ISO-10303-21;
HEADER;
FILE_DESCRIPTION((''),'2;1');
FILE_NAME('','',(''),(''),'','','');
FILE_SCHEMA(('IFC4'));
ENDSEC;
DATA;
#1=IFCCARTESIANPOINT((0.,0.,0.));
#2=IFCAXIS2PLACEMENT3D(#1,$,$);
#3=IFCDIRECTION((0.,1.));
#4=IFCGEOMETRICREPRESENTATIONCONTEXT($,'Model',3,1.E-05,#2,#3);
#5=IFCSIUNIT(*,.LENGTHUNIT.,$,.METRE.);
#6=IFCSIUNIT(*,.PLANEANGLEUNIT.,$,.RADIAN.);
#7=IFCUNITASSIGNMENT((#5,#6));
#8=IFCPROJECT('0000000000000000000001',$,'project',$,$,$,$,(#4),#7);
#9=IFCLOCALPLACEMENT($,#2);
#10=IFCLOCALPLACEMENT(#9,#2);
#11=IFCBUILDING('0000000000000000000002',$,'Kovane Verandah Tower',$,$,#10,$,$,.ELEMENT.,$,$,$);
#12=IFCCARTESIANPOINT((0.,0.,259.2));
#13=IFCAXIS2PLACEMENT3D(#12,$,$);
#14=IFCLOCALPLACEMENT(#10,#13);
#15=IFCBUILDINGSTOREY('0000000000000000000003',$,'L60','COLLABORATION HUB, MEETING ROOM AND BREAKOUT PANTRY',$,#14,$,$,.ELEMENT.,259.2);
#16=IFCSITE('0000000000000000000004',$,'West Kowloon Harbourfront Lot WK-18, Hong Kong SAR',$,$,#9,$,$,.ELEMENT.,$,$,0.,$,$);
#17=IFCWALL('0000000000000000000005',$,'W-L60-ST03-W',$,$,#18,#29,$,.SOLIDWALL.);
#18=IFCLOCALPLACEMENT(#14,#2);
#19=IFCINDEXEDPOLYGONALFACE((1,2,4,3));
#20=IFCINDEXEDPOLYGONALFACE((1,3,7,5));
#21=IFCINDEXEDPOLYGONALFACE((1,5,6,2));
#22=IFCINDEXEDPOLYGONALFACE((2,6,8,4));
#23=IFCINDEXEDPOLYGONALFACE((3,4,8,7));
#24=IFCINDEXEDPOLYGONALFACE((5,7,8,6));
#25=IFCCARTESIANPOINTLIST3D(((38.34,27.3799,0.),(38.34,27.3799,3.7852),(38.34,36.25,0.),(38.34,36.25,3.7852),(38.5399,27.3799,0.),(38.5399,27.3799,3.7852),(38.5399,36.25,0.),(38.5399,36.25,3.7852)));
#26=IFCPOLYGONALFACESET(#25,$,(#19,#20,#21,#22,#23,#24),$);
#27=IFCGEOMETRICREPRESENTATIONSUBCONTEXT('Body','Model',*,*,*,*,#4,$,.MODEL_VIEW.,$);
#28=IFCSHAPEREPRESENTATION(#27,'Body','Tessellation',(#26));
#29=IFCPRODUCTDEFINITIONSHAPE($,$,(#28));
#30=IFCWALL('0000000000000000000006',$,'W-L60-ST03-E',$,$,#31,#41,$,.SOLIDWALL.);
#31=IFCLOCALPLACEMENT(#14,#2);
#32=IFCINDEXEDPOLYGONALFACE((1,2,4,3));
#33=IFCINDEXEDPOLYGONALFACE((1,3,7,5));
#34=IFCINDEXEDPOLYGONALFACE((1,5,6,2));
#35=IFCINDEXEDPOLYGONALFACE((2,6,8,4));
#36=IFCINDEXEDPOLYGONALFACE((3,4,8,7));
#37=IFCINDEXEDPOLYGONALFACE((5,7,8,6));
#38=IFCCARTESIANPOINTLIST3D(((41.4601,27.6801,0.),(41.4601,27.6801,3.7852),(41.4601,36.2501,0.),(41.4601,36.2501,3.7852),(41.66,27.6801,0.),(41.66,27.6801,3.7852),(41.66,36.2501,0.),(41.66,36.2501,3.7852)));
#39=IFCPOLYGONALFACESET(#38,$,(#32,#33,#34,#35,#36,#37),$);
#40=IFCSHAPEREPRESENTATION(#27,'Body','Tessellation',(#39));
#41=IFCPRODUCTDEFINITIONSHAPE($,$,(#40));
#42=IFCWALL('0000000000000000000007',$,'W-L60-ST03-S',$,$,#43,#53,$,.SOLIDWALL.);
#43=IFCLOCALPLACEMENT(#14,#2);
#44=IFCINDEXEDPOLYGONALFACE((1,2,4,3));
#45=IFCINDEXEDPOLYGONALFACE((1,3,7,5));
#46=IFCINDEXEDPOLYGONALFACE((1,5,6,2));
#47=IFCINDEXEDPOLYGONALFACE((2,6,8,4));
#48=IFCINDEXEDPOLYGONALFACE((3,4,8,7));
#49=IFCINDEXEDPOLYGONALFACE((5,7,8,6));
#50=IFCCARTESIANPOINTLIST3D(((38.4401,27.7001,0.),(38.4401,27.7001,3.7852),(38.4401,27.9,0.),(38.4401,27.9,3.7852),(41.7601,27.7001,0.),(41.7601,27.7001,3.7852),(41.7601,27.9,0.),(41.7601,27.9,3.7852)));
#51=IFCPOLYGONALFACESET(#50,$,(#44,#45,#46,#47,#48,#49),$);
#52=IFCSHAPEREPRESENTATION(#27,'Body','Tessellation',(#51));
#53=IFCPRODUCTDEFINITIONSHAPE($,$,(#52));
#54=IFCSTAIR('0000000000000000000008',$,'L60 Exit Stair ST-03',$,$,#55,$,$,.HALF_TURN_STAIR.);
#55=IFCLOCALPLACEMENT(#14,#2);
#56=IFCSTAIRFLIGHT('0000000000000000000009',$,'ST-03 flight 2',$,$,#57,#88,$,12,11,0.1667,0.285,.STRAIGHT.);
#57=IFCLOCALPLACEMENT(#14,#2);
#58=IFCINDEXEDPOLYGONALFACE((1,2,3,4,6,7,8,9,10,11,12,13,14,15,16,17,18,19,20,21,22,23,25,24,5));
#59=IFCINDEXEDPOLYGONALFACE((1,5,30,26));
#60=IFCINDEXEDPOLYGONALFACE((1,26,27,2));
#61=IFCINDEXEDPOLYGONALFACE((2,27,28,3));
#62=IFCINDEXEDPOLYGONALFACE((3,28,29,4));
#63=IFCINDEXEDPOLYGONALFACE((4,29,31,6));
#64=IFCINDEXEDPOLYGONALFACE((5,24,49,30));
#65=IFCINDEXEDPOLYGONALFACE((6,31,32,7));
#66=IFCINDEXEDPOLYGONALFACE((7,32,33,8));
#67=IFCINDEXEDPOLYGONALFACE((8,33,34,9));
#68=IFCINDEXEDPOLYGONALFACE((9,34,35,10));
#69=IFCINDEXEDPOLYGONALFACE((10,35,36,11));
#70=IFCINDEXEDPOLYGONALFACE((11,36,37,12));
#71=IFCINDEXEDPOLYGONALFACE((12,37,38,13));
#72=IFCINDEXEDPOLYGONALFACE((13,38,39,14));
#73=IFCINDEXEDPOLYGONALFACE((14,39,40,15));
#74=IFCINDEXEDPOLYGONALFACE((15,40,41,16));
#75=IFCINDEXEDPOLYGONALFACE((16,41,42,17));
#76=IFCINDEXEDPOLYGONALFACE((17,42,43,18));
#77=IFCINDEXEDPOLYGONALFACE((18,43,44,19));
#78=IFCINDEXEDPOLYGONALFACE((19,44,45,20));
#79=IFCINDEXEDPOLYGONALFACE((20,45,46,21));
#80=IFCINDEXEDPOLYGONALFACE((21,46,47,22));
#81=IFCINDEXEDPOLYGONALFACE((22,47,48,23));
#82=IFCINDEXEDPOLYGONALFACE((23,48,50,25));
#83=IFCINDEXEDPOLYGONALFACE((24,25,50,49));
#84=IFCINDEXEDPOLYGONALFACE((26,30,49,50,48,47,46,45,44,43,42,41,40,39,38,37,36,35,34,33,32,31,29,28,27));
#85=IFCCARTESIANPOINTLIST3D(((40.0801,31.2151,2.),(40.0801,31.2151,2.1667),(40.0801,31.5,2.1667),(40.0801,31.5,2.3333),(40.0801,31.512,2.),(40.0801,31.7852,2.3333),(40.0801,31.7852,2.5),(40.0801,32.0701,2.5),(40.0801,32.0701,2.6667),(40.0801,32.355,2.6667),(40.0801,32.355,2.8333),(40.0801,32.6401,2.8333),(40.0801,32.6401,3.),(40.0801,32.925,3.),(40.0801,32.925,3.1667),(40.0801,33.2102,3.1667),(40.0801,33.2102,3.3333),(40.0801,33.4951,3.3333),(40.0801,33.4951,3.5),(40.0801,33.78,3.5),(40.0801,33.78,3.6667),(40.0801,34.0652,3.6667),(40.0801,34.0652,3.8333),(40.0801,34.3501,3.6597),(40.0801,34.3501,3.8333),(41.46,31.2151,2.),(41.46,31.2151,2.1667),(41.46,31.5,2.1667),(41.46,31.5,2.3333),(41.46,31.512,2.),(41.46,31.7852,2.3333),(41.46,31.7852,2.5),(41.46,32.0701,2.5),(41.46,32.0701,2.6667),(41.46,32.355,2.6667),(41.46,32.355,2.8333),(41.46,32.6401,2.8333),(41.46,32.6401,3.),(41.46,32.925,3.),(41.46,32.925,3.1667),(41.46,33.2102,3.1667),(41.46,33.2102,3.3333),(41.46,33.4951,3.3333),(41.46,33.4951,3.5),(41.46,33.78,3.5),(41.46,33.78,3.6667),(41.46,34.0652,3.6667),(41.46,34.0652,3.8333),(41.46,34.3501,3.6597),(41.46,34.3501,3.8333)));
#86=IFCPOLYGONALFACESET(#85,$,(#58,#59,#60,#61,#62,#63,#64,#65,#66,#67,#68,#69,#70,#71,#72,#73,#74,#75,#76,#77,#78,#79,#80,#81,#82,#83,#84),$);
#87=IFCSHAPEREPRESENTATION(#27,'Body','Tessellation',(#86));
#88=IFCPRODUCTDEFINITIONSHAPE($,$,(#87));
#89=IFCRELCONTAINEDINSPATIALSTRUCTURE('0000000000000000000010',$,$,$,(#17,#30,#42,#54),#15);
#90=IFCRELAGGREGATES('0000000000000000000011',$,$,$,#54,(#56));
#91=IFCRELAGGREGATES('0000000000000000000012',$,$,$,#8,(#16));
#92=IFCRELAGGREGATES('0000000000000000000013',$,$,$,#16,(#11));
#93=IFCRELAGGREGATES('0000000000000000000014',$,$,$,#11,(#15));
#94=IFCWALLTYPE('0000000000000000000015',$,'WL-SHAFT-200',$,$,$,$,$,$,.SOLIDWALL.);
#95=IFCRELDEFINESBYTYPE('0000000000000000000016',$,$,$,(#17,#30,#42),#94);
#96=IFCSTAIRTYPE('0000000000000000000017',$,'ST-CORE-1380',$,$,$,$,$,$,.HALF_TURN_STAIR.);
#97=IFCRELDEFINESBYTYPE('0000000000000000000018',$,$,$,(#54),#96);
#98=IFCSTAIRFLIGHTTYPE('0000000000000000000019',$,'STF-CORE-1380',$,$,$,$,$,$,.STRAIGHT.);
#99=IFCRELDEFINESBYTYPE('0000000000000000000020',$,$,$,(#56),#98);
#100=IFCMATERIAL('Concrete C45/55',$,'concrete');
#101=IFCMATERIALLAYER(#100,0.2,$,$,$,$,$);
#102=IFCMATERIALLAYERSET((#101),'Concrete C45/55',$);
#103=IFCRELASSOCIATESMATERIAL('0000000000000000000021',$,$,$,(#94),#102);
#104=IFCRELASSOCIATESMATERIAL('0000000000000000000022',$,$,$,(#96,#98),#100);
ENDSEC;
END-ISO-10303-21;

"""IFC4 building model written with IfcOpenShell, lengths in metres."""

from ifc_helpers import new_model, si_unit, direction, frame, frame_2d, origin, place, context, subcontext, project, spatial, polyline, rectangle, outline, extrude, material, layer, layer_set, type_object, element, aggregate, save


model = new_model("IFC4")

# Units and contexts
model_context = context("Model", 3, precision=1e-05, world=origin(), true_north=direction((0.0, 1.0)))
body_context = subcontext(model_context, "Body", "Model", "MODEL_VIEW")
ifc_project = project(units=[si_unit("LENGTHUNIT", "METRE"), si_unit("PLANEANGLEUNIT", "RADIAN")], contexts=[model_context])

# Site, building, storey
site_placement = place(None, origin())
site = spatial("IfcSite", under=ifc_project, at=site_placement, Name="West Kowloon Harbourfront Lot WK-18, Hong Kong SAR", CompositionType="ELEMENT", RefElevation=0.0)
building_placement = place(site_placement, origin())
building = spatial("IfcBuilding", under=site, at=building_placement, Name="Kovane Verandah Tower", CompositionType="ELEMENT")
storey_placement = place(building_placement, frame((0.0, 0.0, 259.2)))
storey = spatial("IfcBuildingStorey", under=building, at=storey_placement, Name="L60", Description="COLLABORATION HUB, MEETING ROOM AND BREAKOUT PANTRY", CompositionType="ELEMENT", Elevation=259.2)

# Shared definitions
ifc_material_1 = material(Name="Concrete C45/55", Category="concrete")
ifc_layer_1 = layer(ifc_material_1, 0.2)
ifc_layer_set_1 = layer_set([ifc_layer_1], Name="Concrete C45/55")
wall_type_1 = type_object("IfcWallType", Name="WL-SHAFT-200", PredefinedType="SOLIDWALL", material=ifc_layer_set_1)

# Walls
wall_1_placement = place(storey_placement, frame((38.4399, 27.3799, 0.0), z_axis=(0.0, 0.0, 1.0), x_axis=(0.0, 1.0, 0.0)))
element("IfcWall", 1, at=wall_1_placement, inside=storey, type_object=wall_type_1, Name="W-L60-ST03-W", PredefinedType="SOLIDWALL", context=body_context, shape_type="SweptSolid", body=[
    extrude(rectangle(XDim=8.8701, YDim=0.2, at=frame_2d((4.4351, 0.0))), origin(), (0.0, 0.0, 1.0), 3.7852),
])
wall_2_placement = place(storey_placement, frame((41.5601, 27.6799, 0.0), z_axis=(0.0, 0.0, 1.0), x_axis=(0.0, 1.0, 0.0)))
element("IfcWall", 2, at=wall_2_placement, inside=storey, type_object=wall_type_1, Name="W-L60-ST03-E", PredefinedType="SOLIDWALL", context=body_context, shape_type="SweptSolid", body=[
    extrude(rectangle(XDim=8.5701, YDim=0.2, at=frame_2d((4.2852, 0.0))), origin(), (0.0, 0.0, 1.0), 3.7852),
])
wall_3_placement = place(storey_placement, frame((38.4399, 27.8, 0.0), z_axis=(0.0, 0.0, 1.0), x_axis=(1.0, 0.0, 0.0)))
element("IfcWall", 3, at=wall_3_placement, inside=storey, type_object=wall_type_1, Name="W-L60-ST03-S", PredefinedType="SOLIDWALL", context=body_context, shape_type="SweptSolid", body=[
    extrude(rectangle(XDim=3.3201, YDim=0.2, at=frame_2d((1.6602, 0.0))), origin(), (0.0, 0.0, 1.0), 3.7852),
])

# Stair, stair flight
stair_type = type_object("IfcStairType", Name="ST-CORE-1380", PredefinedType="HALF_TURN_STAIR", material=ifc_material_1)
stair_placement = place(storey_placement, origin())
stair = element("IfcStair", 4, at=stair_placement, inside=storey, type_object=stair_type, Name="L60 Exit Stair ST-03", PredefinedType="HALF_TURN_STAIR")
stair_flight_type = type_object("IfcStairFlightType", Name="STF-CORE-1380", PredefinedType="STRAIGHT", material=ifc_material_1)
stair_flight_placement = place(storey_placement, frame((40.77, 31.2151, 2.0), z_axis=(0.0, 0.0, 1.0), x_axis=(0.0, 1.0, 0.0)))
stair_flight = element("IfcStairFlight", 5, at=stair_flight_placement, type_object=stair_flight_type, Name="ST-03 flight 2", NumberOfRisers=12, NumberOfTreads=11, PredefinedType="STRAIGHT", RiserHeight=0.1667, TreadLength=0.285, context=body_context, shape_type="SweptSolid", body=[
    extrude(outline(polyline([(0.0, 0.0), (0.0, 0.1667), (0.2849, 0.1667), (0.2849, 0.3333), (0.5701, 0.3333), (0.5701, 0.5), (0.855, 0.5), (0.855, 0.6667), (1.1399, 0.6667), (1.1399, 0.8333), (1.425, 0.8333), (1.425, 1.0), (1.71, 1.0), (1.71, 1.1667), (1.9951, 1.1667), (1.9951, 1.3333), (2.28, 1.3333), (2.28, 1.5), (2.5649, 1.5), (2.5649, 1.6667), (2.8501, 1.6667), (2.8501, 1.8333), (3.135, 1.8333), (3.135, 2.0), (3.135, 1.6597), (0.2969, 0.0), (0.0, 0.0)])), frame((0.0, 0.6899, 0.0), z_axis=(0.0, -1.0, 0.0), x_axis=(1.0, 0.0, 0.0)), (0.0, 0.0, 1.0), 1.3799),
])
aggregate(stair, [stair_flight])

save(model, "model.ifc")
